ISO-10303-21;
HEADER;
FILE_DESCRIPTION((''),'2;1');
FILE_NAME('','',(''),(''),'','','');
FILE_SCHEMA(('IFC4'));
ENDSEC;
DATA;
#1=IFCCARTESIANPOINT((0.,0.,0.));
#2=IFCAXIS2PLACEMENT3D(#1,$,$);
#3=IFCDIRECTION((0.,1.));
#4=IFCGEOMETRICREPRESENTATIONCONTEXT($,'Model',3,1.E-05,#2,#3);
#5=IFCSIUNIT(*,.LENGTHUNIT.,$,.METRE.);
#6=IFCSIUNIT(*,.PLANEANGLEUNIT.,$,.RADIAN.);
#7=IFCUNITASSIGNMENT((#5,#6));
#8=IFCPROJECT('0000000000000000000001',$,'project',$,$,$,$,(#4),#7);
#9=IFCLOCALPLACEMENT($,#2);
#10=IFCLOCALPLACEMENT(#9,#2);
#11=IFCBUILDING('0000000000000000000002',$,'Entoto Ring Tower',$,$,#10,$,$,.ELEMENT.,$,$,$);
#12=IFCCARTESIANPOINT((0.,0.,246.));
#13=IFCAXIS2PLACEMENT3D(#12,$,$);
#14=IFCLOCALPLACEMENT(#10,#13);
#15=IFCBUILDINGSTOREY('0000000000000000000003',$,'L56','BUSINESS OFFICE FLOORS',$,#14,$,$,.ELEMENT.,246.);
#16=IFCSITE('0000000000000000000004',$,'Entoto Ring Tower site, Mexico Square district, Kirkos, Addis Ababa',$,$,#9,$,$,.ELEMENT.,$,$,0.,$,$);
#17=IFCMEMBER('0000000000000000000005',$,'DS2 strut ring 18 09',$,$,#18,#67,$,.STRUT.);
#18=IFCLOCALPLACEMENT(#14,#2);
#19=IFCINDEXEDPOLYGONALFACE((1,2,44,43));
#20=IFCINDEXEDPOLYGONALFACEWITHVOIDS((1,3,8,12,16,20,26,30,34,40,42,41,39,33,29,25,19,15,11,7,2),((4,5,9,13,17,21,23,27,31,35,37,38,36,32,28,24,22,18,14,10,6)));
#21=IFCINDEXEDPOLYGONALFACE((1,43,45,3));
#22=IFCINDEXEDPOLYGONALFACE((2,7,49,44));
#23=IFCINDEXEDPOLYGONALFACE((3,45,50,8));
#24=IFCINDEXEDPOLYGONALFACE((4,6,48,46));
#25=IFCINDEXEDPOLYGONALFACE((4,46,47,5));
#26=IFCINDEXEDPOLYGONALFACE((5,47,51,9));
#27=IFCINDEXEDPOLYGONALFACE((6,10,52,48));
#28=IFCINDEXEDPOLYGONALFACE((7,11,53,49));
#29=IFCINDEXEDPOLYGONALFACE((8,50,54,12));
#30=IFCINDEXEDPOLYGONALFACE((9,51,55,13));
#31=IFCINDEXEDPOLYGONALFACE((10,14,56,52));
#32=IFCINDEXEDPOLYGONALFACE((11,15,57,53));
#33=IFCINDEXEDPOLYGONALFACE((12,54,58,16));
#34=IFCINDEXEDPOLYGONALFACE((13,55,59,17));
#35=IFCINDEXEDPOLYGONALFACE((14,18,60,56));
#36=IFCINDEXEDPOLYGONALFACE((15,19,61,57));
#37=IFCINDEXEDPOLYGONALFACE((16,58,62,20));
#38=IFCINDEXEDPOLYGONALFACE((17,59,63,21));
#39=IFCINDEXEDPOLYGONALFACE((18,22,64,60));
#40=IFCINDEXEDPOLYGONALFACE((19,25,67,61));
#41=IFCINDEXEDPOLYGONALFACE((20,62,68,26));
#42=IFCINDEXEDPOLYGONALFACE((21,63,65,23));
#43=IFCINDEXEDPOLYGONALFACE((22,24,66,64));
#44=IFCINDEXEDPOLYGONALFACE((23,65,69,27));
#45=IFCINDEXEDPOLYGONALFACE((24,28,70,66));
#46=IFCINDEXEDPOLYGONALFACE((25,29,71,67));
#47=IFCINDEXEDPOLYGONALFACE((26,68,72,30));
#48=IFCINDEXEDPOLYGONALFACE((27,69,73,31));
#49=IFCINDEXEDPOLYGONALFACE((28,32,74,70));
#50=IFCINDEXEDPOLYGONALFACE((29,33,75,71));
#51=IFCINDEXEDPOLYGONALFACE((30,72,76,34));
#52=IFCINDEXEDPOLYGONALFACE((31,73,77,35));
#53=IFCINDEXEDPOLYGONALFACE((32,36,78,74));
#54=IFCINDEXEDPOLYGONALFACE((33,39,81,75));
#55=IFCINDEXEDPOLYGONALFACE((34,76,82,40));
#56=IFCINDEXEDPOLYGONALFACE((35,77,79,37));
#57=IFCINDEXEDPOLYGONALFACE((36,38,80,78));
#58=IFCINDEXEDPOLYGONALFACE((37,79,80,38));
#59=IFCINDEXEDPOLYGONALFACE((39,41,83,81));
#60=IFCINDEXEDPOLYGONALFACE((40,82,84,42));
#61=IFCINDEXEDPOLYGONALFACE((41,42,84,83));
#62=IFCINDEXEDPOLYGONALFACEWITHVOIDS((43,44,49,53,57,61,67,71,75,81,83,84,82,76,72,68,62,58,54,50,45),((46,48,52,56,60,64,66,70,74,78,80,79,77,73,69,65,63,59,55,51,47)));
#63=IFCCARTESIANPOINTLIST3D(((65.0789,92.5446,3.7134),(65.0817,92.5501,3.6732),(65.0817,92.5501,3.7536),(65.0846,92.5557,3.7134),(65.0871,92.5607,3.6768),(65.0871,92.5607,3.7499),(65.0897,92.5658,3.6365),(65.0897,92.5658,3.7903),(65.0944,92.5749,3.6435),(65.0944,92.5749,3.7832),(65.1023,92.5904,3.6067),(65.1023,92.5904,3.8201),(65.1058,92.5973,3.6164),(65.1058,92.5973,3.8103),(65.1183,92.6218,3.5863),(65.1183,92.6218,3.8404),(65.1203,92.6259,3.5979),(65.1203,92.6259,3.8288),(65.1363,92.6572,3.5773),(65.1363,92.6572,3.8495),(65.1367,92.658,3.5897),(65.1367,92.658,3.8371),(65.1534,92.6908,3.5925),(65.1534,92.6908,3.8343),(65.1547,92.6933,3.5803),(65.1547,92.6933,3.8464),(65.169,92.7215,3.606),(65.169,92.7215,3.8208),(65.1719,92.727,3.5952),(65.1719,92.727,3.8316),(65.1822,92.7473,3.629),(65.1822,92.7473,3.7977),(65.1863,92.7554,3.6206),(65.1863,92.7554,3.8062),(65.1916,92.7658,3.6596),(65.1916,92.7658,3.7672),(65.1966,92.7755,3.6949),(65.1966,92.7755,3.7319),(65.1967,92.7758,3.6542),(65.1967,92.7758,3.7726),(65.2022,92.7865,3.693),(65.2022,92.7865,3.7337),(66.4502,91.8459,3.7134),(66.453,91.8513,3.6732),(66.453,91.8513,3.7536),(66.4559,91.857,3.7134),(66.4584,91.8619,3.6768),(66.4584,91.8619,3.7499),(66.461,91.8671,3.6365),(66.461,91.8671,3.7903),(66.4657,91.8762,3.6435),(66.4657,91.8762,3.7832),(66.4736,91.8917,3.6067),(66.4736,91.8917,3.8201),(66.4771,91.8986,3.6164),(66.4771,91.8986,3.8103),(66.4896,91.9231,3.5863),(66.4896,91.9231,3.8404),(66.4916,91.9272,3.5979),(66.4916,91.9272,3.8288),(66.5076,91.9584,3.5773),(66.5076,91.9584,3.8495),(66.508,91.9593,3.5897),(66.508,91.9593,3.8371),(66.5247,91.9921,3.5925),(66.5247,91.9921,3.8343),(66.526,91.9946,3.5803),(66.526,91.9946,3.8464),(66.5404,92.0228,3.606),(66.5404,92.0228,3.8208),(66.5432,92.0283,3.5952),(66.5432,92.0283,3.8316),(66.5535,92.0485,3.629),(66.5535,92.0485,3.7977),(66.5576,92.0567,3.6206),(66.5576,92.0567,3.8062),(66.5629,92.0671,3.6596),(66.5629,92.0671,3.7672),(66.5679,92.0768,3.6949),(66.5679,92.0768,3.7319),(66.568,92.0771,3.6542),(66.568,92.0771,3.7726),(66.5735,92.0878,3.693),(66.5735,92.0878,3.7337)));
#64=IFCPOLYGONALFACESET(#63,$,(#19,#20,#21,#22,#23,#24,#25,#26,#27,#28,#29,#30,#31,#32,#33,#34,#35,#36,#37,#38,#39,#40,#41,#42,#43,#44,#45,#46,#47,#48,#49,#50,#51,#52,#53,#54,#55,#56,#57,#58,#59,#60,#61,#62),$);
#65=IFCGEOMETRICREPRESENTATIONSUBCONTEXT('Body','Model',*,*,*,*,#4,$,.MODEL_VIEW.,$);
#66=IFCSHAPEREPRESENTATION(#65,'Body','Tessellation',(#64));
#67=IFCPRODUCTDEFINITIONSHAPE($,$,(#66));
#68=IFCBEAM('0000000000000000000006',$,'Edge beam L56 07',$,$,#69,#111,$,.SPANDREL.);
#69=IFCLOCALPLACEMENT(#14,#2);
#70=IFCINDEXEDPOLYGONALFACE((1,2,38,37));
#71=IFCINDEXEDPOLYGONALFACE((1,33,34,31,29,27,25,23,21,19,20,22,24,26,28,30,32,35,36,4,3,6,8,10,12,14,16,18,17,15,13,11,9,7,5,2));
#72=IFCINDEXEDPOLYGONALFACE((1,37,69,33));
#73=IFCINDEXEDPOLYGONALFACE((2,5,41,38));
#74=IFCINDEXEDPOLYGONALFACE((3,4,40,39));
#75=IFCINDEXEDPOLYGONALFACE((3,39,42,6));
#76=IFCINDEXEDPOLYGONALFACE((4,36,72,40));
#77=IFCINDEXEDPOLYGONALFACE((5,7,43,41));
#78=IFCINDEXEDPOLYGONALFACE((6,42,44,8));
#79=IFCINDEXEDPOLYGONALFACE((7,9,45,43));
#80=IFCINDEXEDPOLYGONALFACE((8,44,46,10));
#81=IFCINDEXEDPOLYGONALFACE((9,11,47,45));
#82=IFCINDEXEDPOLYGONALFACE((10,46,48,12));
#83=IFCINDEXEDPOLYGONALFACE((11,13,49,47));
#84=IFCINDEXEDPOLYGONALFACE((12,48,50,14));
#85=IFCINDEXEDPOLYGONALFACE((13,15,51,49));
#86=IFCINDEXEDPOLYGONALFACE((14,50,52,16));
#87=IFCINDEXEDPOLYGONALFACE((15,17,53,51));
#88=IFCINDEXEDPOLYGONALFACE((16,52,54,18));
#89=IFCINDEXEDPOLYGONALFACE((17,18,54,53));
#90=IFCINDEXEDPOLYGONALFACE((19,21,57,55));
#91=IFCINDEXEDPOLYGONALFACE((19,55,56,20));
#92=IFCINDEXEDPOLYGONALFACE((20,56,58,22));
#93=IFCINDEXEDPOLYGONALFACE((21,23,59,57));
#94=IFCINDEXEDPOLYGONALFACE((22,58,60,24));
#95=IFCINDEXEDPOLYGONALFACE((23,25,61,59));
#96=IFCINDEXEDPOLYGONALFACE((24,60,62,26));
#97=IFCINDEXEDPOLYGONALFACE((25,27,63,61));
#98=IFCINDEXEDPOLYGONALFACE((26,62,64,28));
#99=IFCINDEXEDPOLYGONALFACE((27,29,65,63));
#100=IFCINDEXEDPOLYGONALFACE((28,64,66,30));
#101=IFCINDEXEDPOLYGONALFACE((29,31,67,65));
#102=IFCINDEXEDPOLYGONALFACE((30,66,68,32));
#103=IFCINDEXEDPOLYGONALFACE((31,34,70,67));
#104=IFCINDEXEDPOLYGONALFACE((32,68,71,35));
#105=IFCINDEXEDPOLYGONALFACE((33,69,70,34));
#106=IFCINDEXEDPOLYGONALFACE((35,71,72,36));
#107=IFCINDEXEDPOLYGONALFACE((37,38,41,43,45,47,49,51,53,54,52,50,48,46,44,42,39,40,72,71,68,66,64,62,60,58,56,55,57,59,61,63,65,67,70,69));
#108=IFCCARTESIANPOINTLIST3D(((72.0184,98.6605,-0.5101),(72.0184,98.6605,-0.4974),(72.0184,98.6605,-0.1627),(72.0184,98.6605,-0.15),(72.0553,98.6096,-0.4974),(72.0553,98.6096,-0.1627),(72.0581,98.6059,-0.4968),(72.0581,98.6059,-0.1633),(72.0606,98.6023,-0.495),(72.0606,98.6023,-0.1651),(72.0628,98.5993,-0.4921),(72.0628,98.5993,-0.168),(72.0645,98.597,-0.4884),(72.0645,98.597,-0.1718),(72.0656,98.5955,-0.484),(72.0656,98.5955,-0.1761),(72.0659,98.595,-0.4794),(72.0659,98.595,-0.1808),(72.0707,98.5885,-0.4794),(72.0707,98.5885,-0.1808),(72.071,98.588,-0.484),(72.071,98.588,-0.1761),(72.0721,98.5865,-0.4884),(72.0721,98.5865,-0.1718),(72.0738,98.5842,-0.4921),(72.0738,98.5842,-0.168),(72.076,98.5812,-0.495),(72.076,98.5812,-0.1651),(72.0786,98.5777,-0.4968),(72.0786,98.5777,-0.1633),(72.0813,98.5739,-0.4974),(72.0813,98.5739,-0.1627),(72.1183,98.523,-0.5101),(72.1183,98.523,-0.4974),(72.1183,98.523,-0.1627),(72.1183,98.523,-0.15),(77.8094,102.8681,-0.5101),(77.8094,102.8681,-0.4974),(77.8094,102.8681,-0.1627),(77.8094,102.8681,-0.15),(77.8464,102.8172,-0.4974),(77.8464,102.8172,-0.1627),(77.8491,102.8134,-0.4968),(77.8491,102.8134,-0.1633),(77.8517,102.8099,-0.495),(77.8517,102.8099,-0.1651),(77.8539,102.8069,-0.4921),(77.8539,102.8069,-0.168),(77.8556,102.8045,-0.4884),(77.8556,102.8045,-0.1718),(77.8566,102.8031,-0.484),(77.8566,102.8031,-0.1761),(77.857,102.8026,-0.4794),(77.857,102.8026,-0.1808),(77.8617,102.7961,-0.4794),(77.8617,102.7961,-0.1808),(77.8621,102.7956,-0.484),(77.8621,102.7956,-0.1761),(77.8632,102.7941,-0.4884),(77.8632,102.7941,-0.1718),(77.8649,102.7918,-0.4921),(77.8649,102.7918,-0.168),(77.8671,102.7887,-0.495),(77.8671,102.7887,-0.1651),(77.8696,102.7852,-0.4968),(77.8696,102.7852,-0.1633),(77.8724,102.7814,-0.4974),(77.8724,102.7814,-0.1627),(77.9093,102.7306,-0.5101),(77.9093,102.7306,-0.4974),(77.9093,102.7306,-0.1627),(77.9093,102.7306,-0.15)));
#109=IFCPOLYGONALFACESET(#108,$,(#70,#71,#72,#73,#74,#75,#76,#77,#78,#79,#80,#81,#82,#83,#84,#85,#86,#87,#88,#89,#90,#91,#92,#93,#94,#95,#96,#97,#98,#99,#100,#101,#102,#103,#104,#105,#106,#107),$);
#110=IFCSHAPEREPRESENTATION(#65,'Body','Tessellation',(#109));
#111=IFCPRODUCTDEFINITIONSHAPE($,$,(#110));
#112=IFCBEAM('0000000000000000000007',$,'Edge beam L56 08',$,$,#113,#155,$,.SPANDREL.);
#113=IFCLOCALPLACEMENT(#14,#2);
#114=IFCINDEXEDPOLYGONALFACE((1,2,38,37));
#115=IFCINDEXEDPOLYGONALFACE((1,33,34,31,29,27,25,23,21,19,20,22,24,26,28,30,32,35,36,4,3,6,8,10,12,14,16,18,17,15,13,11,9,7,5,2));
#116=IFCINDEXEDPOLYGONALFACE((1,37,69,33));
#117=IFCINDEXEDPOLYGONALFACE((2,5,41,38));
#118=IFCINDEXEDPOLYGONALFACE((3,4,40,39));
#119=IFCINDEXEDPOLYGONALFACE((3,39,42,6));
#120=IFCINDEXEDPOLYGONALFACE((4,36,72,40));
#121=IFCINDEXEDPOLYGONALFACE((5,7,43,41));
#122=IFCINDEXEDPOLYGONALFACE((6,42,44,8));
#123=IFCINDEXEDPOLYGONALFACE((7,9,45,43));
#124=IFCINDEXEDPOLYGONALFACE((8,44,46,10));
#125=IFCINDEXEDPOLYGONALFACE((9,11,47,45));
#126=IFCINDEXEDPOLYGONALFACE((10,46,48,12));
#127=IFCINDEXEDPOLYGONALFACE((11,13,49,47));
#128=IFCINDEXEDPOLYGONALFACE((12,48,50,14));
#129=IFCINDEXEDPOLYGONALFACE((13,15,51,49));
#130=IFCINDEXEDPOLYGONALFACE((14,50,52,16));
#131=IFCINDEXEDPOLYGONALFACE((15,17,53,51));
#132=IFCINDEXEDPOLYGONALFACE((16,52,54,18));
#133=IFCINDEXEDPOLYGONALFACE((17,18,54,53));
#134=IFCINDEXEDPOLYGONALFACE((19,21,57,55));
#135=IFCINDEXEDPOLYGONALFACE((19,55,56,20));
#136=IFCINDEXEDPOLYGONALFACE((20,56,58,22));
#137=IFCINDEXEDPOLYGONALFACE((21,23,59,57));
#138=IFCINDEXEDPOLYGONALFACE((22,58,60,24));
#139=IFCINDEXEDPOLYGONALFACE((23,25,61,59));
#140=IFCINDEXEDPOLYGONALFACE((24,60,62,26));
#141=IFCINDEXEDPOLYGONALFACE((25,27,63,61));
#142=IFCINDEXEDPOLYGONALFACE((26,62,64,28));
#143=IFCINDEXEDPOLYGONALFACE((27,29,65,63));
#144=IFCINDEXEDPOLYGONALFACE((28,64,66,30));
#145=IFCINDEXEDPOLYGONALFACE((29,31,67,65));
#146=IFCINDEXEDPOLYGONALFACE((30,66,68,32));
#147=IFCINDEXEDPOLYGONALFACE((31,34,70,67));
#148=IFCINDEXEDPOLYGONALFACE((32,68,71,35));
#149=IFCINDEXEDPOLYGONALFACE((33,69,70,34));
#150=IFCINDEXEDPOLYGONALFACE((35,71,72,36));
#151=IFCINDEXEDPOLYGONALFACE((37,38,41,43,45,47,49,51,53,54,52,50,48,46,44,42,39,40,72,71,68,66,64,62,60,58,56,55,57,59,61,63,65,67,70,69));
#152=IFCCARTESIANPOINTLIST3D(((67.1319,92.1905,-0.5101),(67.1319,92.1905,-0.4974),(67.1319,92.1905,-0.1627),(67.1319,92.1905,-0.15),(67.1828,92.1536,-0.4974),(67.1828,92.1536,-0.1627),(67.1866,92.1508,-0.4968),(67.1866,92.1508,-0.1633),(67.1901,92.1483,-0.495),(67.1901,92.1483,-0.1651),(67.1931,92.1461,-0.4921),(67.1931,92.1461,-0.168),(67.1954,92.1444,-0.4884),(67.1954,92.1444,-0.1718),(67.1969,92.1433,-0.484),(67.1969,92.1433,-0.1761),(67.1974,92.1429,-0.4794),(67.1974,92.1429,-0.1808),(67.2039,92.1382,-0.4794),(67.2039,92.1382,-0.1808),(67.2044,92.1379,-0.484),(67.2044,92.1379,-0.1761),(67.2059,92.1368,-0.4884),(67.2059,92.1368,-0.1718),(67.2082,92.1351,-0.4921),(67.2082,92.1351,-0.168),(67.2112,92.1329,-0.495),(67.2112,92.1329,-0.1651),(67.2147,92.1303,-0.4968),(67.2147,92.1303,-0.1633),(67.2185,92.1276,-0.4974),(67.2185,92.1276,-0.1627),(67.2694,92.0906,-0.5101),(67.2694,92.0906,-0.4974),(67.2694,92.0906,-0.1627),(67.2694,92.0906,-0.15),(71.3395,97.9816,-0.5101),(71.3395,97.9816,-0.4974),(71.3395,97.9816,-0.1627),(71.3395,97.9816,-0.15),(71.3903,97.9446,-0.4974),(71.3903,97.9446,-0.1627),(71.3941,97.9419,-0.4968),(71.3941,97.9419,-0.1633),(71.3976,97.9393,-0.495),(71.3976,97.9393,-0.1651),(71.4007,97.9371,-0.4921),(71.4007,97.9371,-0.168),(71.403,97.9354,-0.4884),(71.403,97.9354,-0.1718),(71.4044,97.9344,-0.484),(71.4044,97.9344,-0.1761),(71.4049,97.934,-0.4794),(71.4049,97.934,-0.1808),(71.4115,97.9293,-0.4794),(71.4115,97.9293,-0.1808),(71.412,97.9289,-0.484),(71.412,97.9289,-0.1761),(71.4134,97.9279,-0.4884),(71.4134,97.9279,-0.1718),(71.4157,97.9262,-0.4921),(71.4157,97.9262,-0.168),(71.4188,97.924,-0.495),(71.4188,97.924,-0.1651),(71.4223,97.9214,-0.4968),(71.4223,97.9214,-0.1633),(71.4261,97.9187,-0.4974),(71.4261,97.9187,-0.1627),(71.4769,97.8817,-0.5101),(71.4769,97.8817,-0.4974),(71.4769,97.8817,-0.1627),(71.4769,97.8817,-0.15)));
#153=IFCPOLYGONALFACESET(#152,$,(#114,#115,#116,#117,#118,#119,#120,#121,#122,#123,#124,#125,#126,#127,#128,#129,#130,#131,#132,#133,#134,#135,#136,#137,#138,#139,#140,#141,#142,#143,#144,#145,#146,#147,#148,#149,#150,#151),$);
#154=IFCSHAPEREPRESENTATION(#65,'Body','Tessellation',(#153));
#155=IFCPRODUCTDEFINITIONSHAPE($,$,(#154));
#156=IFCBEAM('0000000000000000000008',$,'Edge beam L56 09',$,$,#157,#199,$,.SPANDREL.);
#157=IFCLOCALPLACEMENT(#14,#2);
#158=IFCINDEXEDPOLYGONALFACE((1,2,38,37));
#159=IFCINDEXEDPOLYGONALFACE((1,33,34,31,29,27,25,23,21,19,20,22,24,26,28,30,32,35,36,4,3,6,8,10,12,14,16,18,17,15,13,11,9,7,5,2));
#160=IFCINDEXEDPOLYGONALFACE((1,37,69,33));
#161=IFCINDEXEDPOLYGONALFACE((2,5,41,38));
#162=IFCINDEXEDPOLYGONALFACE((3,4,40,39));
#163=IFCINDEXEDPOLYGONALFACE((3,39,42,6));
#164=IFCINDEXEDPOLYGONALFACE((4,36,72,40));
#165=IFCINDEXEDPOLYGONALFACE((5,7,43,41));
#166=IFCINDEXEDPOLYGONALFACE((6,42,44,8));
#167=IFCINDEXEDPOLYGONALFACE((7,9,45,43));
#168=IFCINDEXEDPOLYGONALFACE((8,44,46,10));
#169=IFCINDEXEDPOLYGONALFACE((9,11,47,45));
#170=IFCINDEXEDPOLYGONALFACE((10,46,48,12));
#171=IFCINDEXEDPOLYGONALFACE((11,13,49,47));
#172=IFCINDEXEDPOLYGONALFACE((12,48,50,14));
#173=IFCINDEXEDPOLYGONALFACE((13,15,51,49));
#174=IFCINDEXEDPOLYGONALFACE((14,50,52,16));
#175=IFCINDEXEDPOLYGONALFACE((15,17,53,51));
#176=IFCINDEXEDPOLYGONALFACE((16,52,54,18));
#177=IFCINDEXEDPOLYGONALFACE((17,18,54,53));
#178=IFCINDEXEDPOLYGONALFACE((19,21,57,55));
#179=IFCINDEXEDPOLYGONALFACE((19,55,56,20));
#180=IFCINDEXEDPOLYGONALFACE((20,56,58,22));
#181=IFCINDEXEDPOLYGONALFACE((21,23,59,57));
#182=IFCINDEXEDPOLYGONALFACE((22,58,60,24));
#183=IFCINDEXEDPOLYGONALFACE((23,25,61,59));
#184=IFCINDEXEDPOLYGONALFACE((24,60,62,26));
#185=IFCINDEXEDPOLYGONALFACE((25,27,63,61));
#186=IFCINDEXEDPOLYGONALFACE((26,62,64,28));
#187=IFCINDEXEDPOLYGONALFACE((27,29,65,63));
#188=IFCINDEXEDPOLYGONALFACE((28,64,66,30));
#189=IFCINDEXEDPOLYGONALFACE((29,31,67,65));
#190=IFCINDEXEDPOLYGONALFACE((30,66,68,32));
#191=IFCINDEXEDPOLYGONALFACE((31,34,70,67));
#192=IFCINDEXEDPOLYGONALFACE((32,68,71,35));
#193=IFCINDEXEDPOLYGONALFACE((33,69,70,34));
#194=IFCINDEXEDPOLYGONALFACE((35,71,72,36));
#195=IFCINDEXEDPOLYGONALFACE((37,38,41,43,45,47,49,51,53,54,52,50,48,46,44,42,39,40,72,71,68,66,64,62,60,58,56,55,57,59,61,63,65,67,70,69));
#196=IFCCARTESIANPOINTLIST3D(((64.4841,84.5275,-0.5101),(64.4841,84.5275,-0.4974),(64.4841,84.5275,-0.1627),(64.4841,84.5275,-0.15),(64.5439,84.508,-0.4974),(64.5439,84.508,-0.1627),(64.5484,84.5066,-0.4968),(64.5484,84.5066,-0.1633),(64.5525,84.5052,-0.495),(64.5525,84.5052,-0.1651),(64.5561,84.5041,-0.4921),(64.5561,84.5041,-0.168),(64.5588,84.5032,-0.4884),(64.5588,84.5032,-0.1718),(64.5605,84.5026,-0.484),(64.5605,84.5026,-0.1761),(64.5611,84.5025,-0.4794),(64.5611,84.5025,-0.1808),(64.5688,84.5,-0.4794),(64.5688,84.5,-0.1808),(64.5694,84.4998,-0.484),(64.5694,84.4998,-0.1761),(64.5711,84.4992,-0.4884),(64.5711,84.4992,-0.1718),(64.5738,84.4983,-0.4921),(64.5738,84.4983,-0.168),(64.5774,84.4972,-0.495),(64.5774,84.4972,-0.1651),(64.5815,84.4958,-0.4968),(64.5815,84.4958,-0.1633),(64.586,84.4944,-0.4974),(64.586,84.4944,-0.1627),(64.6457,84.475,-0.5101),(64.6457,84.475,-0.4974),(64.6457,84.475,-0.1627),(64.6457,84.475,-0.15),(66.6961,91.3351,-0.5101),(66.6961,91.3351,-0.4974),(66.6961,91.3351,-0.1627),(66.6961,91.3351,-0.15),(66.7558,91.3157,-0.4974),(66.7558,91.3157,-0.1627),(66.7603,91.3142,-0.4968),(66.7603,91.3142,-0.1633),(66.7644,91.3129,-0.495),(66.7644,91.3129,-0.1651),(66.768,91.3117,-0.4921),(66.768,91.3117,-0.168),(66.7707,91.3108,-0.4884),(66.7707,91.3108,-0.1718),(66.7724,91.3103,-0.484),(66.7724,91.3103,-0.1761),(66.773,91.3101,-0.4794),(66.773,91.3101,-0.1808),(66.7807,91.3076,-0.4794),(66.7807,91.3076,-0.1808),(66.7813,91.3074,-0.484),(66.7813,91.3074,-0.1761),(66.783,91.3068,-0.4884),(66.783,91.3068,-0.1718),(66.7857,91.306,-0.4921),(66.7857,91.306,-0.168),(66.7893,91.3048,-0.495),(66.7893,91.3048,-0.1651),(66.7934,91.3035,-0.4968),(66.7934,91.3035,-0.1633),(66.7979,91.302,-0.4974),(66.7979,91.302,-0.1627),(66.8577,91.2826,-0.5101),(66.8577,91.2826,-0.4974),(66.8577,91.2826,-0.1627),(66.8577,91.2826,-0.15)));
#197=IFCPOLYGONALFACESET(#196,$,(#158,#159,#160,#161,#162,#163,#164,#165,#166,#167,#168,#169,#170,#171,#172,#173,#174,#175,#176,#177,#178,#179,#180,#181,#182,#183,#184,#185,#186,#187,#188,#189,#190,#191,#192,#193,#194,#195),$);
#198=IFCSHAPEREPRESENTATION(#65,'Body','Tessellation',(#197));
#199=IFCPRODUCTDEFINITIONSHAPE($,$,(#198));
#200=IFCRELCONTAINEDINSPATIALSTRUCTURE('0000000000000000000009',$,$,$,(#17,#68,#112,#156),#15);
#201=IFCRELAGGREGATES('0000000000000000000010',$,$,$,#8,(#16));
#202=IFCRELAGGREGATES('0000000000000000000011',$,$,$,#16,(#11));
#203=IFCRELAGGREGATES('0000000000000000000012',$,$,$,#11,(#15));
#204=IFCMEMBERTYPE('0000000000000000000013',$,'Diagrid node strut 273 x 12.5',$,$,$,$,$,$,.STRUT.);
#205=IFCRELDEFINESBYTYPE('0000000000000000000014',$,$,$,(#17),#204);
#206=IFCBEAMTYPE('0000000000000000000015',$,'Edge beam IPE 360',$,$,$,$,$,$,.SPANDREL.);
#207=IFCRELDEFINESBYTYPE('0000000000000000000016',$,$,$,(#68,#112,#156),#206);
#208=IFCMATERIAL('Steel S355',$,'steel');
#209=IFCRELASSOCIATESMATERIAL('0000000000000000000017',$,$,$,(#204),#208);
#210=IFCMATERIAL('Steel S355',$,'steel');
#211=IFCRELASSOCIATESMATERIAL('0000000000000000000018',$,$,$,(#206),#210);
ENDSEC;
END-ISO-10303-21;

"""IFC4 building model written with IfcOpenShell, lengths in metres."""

from ifc_helpers import new_model, si_unit, direction, frame, origin, origin_2d, place, context, subcontext, project, spatial, circle, hollow_circle, i_section, extrude, material, material_profile, profile_set, type_object, element, save


model = new_model("IFC4")

# Units and contexts
model_context = context("Model", 3, precision=1e-05, world=origin(), true_north=direction((0.0, 1.0)))
body_context = subcontext(model_context, "Body", "Model", "MODEL_VIEW")
ifc_project = project(units=[si_unit("LENGTHUNIT", "METRE"), si_unit("PLANEANGLEUNIT", "RADIAN")], contexts=[model_context])

# Site, building, storey
site_placement = place(None, origin())
site = spatial("IfcSite", under=ifc_project, at=site_placement, Name="Entoto Ring Tower site, Mexico Square district, Kirkos, Addis Ababa", CompositionType="ELEMENT", RefElevation=0.0)
building_placement = place(site_placement, origin())
building = spatial("IfcBuilding", under=site, at=building_placement, Name="Entoto Ring Tower", CompositionType="ELEMENT")
storey_placement = place(building_placement, frame((0.0, 0.0, 246.0)))
storey = spatial("IfcBuildingStorey", under=building, at=storey_placement, Name="L56", Description="BUSINESS OFFICE FLOORS", CompositionType="ELEMENT", Elevation=246.0)

# Member
ifc_material_1 = material(Name="Steel S355", Category="steel")
ifc_material_profile_1 = material_profile(ifc_material_1, hollow_circle(Radius=0.1365, WallThickness=0.0125, at=origin_2d()), Name="CHS 273 x 12.5")
ifc_material_2 = material(Name="Concrete C60/75", Category="concrete")
ifc_material_profile_2 = material_profile(ifc_material_2, circle(Radius=0.124, at=origin_2d()), Name="Concrete C60/75 infill")
ifc_profile_set_1 = profile_set([ifc_material_profile_1, ifc_material_profile_2], Name="Steel S355")
member_type = type_object("IfcMemberType", Name="Diagrid node strut 273 x 12.5", PredefinedType="STRUT", material=ifc_profile_set_1)
member_1_placement = place(storey_placement, frame((66.5122, 91.9675, 3.7134), z_axis=(-0.891007, 0.45399, 0.0), x_axis=(-0.45399, -0.891007, 0.0)))
element("IfcMember", 1, at=member_1_placement, inside=storey, type_object=member_type, Name="DS2 strut ring 18 09", PredefinedType="STRUT", context=body_context, shape_type="SweptSolid", body=[
    extrude(hollow_circle(Radius=0.1365, WallThickness=0.0125, at=origin_2d()), origin(), (0.0, 0.0, 1.0), 1.5391),
])

# Beams
ifc_material_3 = material(Name="Steel S355", Category="steel")
ifc_material_profile_3 = material_profile(ifc_material_3, i_section(OverallWidth=0.1699, OverallDepth=0.3601, WebThickness=0.0081, FlangeThickness=0.0127, FilletRadius=0.0181, at=origin_2d()), Name="IPE 360")
ifc_profile_set_2 = profile_set([ifc_material_profile_3], Name="Steel S355")
beam_type_1 = type_object("IfcBeamType", Name="Edge beam IPE 360", PredefinedType="SPANDREL", material=ifc_profile_set_2)
for number, where, z_axis, x_axis, name in (
    (2, (77.8594, 102.7993, -0.3301), (-0.80901, -0.587794, 0.0), (0.587794, -0.80901, 0.0), "Edge beam L56 07"),
    (3, (71.4082, 97.9316, -0.3301), (-0.587794, -0.80901, 0.0), (0.80901, -0.587794, 0.0), "Edge beam L56 08"),
):
    element("IfcBeam", number, at=place(storey_placement, frame(where, z_axis=z_axis, x_axis=x_axis)), inside=storey, type_object=beam_type_1, Name=name, PredefinedType="SPANDREL", context=body_context, shape_type="SweptSolid", body=[
        extrude(i_section(OverallWidth=0.1699, OverallDepth=0.3601, WebThickness=0.0081, FlangeThickness=0.0127, FilletRadius=0.0181, at=origin_2d()), origin(), (0.0, 0.0, 1.0), 7.1582),
    ])
beam_1_placement = place(storey_placement, frame((66.7769, 91.3088, -0.3301), z_axis=(-0.309015, -0.951057, 0.0), x_axis=(0.951057, -0.309015, 0.0)))
element("IfcBeam", 4, at=beam_1_placement, inside=storey, type_object=beam_type_1, Name="Edge beam L56 09", PredefinedType="SPANDREL", context=body_context, shape_type="SweptSolid", body=[
    extrude(i_section(OverallWidth=0.1699, OverallDepth=0.3601, WebThickness=0.0081, FlangeThickness=0.0127, FilletRadius=0.0181, at=origin_2d()), origin(), (0.0, 0.0, 1.0), 7.158),
])

save(model, "model.ifc")
